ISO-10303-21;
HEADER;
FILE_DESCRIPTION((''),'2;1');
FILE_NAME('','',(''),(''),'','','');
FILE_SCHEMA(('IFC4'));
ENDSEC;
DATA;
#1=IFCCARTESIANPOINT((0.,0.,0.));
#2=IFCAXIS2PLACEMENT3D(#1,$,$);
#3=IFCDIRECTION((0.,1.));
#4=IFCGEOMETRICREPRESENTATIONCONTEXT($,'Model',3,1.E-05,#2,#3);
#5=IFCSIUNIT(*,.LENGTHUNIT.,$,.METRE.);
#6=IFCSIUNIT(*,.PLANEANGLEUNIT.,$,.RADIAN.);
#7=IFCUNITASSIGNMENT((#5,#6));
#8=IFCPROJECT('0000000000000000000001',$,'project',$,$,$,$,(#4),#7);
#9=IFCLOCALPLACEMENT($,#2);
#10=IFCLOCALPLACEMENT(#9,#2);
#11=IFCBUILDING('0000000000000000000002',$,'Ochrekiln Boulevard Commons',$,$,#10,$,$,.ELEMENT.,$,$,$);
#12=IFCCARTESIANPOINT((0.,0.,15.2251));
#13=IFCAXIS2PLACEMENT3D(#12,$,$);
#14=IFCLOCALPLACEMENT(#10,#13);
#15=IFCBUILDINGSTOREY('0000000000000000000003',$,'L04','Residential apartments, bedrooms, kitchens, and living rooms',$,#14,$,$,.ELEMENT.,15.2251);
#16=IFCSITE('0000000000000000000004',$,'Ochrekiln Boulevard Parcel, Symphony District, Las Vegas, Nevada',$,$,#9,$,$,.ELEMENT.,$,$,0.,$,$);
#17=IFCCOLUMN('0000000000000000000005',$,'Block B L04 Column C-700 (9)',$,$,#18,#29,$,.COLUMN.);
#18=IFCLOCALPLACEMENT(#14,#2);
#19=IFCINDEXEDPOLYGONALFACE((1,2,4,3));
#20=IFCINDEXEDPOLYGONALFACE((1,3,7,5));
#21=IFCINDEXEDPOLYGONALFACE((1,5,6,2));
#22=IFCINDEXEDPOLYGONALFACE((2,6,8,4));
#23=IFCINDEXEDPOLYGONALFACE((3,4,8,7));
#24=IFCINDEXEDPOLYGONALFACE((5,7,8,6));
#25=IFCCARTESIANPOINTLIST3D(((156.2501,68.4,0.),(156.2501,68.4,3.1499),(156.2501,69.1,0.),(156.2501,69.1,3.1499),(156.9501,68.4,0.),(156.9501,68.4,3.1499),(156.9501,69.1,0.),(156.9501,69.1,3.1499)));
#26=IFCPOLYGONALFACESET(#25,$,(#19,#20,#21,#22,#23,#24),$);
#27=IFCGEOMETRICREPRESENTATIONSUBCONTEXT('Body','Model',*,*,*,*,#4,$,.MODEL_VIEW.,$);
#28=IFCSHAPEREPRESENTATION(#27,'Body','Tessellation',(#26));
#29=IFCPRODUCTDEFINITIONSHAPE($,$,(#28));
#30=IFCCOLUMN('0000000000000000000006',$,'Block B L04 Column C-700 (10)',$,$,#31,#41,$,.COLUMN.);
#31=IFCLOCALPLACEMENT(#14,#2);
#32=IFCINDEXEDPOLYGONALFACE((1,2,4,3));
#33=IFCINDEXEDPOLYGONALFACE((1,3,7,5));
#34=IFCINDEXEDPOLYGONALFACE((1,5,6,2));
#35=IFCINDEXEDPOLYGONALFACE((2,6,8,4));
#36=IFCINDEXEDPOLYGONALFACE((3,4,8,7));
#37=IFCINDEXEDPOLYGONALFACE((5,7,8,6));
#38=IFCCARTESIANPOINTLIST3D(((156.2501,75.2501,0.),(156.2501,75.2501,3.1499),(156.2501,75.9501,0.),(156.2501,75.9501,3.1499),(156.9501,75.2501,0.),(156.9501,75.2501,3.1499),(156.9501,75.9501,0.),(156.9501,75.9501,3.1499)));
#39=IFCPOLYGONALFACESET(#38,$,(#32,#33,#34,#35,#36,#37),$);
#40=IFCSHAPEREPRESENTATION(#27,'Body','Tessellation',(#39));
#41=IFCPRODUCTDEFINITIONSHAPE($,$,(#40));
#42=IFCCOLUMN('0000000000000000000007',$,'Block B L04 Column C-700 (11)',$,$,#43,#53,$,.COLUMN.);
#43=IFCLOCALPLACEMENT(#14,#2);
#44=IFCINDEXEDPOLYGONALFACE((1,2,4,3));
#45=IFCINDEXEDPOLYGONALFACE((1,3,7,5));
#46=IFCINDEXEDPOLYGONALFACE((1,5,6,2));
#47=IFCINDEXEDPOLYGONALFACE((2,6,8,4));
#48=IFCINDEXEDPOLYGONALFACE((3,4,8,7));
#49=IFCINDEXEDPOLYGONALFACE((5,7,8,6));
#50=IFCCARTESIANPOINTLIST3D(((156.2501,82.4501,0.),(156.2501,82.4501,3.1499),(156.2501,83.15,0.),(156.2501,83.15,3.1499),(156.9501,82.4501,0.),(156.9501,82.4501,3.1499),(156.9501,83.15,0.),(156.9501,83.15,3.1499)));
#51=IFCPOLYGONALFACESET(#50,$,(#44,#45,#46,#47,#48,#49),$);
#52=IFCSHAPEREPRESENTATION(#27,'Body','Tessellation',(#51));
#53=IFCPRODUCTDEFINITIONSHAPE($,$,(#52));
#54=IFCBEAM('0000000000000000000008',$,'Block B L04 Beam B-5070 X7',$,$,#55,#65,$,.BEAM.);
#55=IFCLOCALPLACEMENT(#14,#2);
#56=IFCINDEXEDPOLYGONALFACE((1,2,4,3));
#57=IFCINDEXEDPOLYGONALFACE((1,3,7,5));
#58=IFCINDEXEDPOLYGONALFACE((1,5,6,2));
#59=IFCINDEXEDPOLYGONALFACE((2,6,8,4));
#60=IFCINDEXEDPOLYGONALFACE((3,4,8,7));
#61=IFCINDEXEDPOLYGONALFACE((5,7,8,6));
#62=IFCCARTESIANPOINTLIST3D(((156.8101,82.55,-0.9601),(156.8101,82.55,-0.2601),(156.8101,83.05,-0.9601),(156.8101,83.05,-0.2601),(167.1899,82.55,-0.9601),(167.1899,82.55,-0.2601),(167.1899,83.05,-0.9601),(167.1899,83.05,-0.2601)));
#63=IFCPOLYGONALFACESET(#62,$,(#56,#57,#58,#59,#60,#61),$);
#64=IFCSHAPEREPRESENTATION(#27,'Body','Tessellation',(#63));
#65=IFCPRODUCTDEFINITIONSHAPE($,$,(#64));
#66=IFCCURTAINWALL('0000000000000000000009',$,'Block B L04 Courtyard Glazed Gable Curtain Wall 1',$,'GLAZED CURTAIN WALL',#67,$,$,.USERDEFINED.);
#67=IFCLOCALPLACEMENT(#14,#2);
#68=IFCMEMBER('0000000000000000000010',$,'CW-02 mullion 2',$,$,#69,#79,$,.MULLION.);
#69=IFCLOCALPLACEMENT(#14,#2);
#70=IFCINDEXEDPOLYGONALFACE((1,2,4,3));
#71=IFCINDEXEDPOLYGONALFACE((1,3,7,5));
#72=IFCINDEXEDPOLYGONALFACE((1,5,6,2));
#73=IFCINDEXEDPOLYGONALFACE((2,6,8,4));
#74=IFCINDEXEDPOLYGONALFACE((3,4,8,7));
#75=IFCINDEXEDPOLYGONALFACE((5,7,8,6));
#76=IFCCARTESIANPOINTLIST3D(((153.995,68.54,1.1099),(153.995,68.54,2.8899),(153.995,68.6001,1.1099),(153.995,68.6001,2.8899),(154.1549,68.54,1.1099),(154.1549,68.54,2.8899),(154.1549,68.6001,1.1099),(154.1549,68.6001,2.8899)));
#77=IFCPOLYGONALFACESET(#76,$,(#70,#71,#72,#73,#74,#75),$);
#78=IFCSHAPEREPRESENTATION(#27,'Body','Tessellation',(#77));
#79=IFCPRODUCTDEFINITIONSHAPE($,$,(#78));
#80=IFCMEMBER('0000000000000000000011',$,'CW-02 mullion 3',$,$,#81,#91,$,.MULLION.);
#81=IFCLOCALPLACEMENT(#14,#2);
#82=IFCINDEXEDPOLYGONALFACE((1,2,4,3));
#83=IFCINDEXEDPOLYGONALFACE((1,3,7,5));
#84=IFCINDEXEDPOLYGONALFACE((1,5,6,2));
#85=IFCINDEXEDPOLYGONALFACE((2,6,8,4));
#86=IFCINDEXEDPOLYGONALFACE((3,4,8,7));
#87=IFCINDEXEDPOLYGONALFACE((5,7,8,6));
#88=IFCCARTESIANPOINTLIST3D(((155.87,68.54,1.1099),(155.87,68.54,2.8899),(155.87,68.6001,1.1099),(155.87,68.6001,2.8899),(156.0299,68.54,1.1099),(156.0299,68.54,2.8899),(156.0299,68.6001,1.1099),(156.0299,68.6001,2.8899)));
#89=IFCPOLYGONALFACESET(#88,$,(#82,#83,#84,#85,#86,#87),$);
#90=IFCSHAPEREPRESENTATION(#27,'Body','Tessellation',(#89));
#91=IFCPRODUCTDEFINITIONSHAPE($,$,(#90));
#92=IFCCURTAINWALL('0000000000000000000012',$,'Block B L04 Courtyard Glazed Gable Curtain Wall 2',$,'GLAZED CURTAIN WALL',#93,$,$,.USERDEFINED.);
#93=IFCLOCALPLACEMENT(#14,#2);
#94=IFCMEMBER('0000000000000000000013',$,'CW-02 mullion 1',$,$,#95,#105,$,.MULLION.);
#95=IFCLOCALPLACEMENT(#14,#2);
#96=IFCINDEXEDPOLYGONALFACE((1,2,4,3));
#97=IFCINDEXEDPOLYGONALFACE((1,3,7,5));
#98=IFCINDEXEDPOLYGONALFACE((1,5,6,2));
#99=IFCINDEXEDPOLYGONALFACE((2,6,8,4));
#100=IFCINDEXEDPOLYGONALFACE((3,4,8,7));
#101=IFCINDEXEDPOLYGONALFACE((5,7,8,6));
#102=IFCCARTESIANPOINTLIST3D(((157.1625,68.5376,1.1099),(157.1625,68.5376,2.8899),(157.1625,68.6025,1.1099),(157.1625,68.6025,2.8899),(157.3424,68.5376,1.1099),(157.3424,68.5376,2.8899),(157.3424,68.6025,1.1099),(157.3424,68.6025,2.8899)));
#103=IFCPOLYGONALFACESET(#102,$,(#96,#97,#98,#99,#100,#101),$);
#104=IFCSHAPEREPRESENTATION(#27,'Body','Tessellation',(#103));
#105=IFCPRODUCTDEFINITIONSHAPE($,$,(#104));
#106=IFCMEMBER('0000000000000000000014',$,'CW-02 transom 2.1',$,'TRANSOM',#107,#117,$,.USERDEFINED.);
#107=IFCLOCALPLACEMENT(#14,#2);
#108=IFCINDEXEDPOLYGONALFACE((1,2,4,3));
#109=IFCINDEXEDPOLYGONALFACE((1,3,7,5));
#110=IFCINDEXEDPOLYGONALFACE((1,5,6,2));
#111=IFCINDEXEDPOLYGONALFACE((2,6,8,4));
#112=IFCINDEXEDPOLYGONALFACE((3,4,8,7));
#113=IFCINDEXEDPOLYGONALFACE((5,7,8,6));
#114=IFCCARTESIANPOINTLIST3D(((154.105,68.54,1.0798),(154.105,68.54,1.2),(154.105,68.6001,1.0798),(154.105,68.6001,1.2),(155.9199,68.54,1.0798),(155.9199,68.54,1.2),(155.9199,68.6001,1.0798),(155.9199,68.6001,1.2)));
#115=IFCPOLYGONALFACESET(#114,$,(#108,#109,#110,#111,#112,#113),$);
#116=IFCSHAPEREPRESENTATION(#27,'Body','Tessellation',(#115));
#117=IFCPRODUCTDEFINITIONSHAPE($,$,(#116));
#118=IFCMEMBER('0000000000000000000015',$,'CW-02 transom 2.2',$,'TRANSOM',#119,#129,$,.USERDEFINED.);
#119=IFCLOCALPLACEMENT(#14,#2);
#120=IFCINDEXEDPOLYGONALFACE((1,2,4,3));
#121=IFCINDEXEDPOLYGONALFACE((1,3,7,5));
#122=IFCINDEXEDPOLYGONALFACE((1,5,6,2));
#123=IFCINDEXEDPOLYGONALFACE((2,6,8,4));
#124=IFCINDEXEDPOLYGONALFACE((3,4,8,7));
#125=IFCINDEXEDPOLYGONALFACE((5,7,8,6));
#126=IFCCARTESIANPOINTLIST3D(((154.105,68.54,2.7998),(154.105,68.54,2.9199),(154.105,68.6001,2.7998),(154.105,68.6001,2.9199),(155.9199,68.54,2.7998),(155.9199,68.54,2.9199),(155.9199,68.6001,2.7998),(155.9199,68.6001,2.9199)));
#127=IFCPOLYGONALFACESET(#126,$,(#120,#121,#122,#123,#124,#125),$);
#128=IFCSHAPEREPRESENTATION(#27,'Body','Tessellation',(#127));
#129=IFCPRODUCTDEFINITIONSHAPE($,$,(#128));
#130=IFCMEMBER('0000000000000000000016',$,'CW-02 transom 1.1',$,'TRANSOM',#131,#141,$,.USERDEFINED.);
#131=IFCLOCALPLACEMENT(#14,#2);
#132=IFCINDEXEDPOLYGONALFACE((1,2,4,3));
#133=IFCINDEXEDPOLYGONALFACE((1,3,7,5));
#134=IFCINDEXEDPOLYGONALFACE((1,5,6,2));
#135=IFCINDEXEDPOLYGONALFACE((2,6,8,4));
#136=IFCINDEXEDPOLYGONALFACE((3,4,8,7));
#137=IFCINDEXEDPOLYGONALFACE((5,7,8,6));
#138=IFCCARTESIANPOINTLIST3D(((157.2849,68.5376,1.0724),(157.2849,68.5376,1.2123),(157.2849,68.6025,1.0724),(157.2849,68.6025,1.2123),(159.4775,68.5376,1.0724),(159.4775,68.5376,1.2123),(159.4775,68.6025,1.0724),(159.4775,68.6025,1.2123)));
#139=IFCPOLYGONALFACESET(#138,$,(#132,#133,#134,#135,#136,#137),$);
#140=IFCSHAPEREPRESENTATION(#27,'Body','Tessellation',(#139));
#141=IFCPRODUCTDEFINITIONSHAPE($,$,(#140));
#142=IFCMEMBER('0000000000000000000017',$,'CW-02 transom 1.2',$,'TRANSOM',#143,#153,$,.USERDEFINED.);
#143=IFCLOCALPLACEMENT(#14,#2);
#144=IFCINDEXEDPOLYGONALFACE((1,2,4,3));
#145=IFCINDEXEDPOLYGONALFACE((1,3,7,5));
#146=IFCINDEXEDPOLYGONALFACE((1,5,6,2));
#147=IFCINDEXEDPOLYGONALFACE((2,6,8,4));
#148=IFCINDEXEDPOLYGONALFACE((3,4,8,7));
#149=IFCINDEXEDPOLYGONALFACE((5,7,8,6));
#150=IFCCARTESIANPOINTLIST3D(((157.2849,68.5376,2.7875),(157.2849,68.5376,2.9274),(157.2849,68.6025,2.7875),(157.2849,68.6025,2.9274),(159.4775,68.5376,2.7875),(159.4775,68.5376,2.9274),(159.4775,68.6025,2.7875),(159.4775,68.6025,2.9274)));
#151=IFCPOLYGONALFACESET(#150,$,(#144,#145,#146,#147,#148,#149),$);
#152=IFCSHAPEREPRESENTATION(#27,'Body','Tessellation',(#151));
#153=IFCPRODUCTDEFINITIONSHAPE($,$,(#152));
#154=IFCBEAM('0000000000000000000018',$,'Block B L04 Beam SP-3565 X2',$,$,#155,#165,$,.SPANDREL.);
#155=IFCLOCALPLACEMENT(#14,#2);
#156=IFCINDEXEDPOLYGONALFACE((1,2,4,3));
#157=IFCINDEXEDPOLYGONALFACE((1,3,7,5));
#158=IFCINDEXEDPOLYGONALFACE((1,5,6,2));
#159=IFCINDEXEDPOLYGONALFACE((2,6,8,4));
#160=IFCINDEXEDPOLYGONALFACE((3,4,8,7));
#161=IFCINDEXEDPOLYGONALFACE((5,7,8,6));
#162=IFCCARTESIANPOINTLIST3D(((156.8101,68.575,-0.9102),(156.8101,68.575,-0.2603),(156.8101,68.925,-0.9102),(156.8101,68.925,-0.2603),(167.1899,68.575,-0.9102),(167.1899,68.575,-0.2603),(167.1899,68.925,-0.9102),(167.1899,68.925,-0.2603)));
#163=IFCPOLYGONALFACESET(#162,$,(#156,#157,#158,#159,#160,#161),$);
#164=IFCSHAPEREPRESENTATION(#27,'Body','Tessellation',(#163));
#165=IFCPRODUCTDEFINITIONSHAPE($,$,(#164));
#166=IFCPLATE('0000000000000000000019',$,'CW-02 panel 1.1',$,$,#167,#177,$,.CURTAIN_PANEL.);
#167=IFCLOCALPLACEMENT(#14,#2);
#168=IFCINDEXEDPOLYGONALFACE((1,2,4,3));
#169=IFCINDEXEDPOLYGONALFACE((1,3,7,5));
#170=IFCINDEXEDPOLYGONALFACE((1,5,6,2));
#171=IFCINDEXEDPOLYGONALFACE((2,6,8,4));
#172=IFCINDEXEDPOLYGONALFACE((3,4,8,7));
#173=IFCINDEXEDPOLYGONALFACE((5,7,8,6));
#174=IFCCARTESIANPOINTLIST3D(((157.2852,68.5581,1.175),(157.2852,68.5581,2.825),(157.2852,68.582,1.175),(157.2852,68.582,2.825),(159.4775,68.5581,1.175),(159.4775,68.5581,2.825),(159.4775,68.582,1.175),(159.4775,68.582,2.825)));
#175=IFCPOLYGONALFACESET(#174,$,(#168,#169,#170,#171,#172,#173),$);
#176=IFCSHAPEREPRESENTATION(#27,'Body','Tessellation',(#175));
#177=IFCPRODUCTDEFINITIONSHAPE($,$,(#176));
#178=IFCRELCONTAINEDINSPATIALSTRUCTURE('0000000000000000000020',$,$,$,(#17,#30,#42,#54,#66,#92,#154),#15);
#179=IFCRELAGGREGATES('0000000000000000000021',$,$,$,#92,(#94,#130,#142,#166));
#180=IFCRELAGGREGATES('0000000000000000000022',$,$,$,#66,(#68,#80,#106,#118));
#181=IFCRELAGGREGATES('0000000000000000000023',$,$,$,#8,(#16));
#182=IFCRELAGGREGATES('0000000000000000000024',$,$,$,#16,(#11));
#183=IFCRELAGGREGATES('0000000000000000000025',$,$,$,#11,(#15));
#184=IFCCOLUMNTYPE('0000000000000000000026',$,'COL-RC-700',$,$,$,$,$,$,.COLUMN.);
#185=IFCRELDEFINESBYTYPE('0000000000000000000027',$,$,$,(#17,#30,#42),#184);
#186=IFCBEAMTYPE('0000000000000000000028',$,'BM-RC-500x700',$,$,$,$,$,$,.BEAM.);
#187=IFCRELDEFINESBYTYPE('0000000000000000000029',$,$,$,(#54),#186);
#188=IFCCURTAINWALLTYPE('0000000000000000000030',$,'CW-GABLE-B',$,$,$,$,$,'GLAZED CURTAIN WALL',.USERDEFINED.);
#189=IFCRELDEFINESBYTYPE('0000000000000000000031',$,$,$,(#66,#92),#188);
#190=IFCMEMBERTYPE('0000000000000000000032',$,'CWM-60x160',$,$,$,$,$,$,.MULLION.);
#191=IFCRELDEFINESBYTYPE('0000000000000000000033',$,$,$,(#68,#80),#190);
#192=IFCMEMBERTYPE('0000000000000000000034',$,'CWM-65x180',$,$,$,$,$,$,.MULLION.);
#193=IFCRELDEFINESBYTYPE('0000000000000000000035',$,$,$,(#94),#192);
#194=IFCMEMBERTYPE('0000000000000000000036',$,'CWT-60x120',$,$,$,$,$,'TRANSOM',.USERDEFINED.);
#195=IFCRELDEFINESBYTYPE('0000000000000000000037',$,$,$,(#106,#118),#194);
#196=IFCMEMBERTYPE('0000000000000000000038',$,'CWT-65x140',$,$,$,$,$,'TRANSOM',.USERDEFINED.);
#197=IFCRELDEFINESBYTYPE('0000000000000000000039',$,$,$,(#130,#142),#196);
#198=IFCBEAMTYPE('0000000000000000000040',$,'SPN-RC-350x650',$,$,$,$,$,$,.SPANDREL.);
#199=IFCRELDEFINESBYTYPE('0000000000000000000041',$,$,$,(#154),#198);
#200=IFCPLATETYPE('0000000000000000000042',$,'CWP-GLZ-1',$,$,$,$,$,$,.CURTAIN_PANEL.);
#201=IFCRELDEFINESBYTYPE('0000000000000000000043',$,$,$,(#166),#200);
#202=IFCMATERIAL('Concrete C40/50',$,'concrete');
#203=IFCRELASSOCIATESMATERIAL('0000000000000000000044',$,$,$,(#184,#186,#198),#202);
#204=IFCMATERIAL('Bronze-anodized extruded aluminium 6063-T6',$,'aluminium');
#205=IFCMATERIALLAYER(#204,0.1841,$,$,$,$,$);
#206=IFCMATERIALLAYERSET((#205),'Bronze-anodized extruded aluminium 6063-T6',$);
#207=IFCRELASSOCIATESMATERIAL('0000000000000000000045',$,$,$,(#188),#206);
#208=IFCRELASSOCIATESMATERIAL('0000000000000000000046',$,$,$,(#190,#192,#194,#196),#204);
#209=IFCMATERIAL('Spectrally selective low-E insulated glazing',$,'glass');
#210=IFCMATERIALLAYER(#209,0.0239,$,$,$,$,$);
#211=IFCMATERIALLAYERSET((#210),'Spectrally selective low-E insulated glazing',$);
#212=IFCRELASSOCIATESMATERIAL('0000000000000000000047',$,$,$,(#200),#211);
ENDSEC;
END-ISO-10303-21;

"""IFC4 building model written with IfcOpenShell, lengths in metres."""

from ifc_helpers import new_model, si_unit, direction, frame, origin, origin_2d, place, context, subcontext, project, spatial, rectangle, extrude, material, layer, layer_set, material_profile, profile_set, type_object, element, aggregate, save


model = new_model("IFC4")

# Units and contexts
model_context = context("Model", 3, precision=1e-05, world=origin(), true_north=direction((0.0, 1.0)))
body_context = subcontext(model_context, "Body", "Model", "MODEL_VIEW")
ifc_project = project(units=[si_unit("LENGTHUNIT", "METRE"), si_unit("PLANEANGLEUNIT", "RADIAN")], contexts=[model_context])

# Site, building, storey
site_placement = place(None, origin())
site = spatial("IfcSite", under=ifc_project, at=site_placement, Name="Ochrekiln Boulevard Parcel, Symphony District, Las Vegas, Nevada", CompositionType="ELEMENT", RefElevation=0.0)
building_placement = place(site_placement, origin())
building = spatial("IfcBuilding", under=site, at=building_placement, Name="Ochrekiln Boulevard Commons", CompositionType="ELEMENT")
storey_placement = place(building_placement, frame((0.0, 0.0, 15.2251)))
storey = spatial("IfcBuildingStorey", under=building, at=storey_placement, Name="L04", Description="Residential apartments, bedrooms, kitchens, and living rooms", CompositionType="ELEMENT", Elevation=15.2251)

# Columns
ifc_material_1 = material(Name="Concrete C40/50", Category="concrete")
ifc_material_profile_1 = material_profile(ifc_material_1, rectangle(XDim=0.7, YDim=0.7, at=origin_2d()), Name="RC-COL-700x700")
ifc_profile_set_1 = profile_set([ifc_material_profile_1], Name="Concrete C40/50")
column_type = type_object("IfcColumnType", Name="COL-RC-700", PredefinedType="COLUMN", material=ifc_profile_set_1)
for number, where, z_axis, x_axis, name in (
    (1, (156.6001, 68.75, 0.0), (0.0, 0.0, 1.0), (1.0, 0.0, 0.0), "Block B L04 Column C-700 (9)"),
    (2, (156.6001, 75.6001, 0.0), (0.0, 0.0, 1.0), (1.0, 0.0, 0.0), "Block B L04 Column C-700 (10)"),
    (3, (156.6001, 82.8, 0.0), (0.0, 0.0, 1.0), (1.0, 0.0, 0.0), "Block B L04 Column C-700 (11)"),
):
    element("IfcColumn", number, at=place(storey_placement, frame(where, z_axis=z_axis, x_axis=x_axis)), inside=storey, type_object=column_type, Name=name, PredefinedType="COLUMN", context=body_context, shape_type="SweptSolid", body=[
        extrude(rectangle(XDim=0.7, YDim=0.7, at=origin_2d()), origin(), (0.0, 0.0, 1.0), 3.1499),
    ])

# Beam
ifc_material_profile_2 = material_profile(ifc_material_1, rectangle(XDim=0.5, YDim=0.7, at=origin_2d()), Name="RC-BM-500x700")
ifc_profile_set_2 = profile_set([ifc_material_profile_2], Name="Concrete C40/50")
beam_type_1 = type_object("IfcBeamType", Name="BM-RC-500x700", PredefinedType="BEAM", material=ifc_profile_set_2)
beam_1_placement = place(storey_placement, frame((156.8101, 82.8, -0.6101), z_axis=(1.0, 0.0, 0.0), x_axis=(0.0, 1.0, 0.0)))
element("IfcBeam", 4, at=beam_1_placement, inside=storey, type_object=beam_type_1, Name="Block B L04 Beam B-5070 X7", PredefinedType="BEAM", context=body_context, shape_type="SweptSolid", body=[
    extrude(rectangle(XDim=0.5, YDim=0.7, at=origin_2d()), origin(), (0.0, 0.0, 1.0), 10.3799),
])

# Curtain wall, members
ifc_material_2 = material(Name="Bronze-anodized extruded aluminium 6063-T6", Category="aluminium")
ifc_layer_1 = layer(ifc_material_2, 0.1841)
ifc_layer_set_1 = layer_set([ifc_layer_1], Name="Bronze-anodized extruded aluminium 6063-T6")
curtain_wall_type = type_object("IfcCurtainWallType", Name="CW-GABLE-B", ElementType="GLAZED CURTAIN WALL", PredefinedType="USERDEFINED", material=ifc_layer_set_1)
curtain_wall_1_placement = place(storey_placement, origin())
curtain_wall_1 = element("IfcCurtainWall", 5, at=curtain_wall_1_placement, inside=storey, type_object=curtain_wall_type, Name="Block B L04 Courtyard Glazed Gable Curtain Wall 1", ObjectType="GLAZED CURTAIN WALL", PredefinedType="USERDEFINED")
ifc_material_profile_3 = material_profile(ifc_material_2, rectangle(XDim=0.0601, YDim=0.1599, at=origin_2d()), Name="ALU-MUL-60x160")
ifc_profile_set_3 = profile_set([ifc_material_profile_3], Name="Bronze-anodized extruded aluminium 6063-T6")
member_type_1 = type_object("IfcMemberType", Name="CWM-60x160", PredefinedType="MULLION", material=ifc_profile_set_3)
member_1_placement = place(storey_placement, frame((154.075, 68.5701, 1.1099), z_axis=(0.0, 0.0, 1.0), x_axis=(0.0, 1.0, 0.0)))
member_1 = element("IfcMember", 6, at=member_1_placement, type_object=member_type_1, Name="CW-02 mullion 2", PredefinedType="MULLION", context=body_context, shape_type="SweptSolid", body=[
    extrude(rectangle(XDim=0.0601, YDim=0.1599, at=origin_2d()), origin(), (0.0, 0.0, 1.0), 1.78),
])
member_2_placement = place(storey_placement, frame((155.95, 68.5701, 1.1099), z_axis=(0.0, 0.0, 1.0), x_axis=(0.0, 1.0, 0.0)))
member_2 = element("IfcMember", 7, at=member_2_placement, type_object=member_type_1, Name="CW-02 mullion 3", PredefinedType="MULLION", context=body_context, shape_type="SweptSolid", body=[
    extrude(rectangle(XDim=0.0601, YDim=0.1599, at=origin_2d()), origin(), (0.0, 0.0, 1.0), 1.78),
])

# Curtain wall, member
curtain_wall_2_placement = place(storey_placement, origin())
curtain_wall_2 = element("IfcCurtainWall", 8, at=curtain_wall_2_placement, inside=storey, type_object=curtain_wall_type, Name="Block B L04 Courtyard Glazed Gable Curtain Wall 2", ObjectType="GLAZED CURTAIN WALL", PredefinedType="USERDEFINED")
ifc_material_profile_4 = material_profile(ifc_material_2, rectangle(XDim=0.0649, YDim=0.1799, at=origin_2d()), Name="ALU-MUL-65x180")
ifc_profile_set_4 = profile_set([ifc_material_profile_4], Name="Bronze-anodized extruded aluminium 6063-T6")
member_type_2 = type_object("IfcMemberType", Name="CWM-65x180", PredefinedType="MULLION", material=ifc_profile_set_4)
member_3_placement = place(storey_placement, frame((157.2524, 68.5701, 1.1099), z_axis=(0.0, 0.0, 1.0), x_axis=(0.0, 1.0, 0.0)))
member_3 = element("IfcMember", 9, at=member_3_placement, type_object=member_type_2, Name="CW-02 mullion 1", PredefinedType="MULLION", context=body_context, shape_type="SweptSolid", body=[
    extrude(rectangle(XDim=0.0649, YDim=0.1799, at=origin_2d()), origin(), (0.0, 0.0, 1.0), 1.78),
])

# Members
ifc_material_profile_5 = material_profile(ifc_material_2, rectangle(XDim=0.0601, YDim=0.1201, at=origin_2d()), Name="ALU-TRN-60x120")
ifc_profile_set_5 = profile_set([ifc_material_profile_5], Name="Bronze-anodized extruded aluminium 6063-T6")
member_type_3 = type_object("IfcMemberType", Name="CWT-60x120", ElementType="TRANSOM", PredefinedType="USERDEFINED", material=ifc_profile_set_5)
member_4_placement = place(storey_placement, frame((154.105, 68.5701, 1.1399), z_axis=(1.0, 0.0, 0.0), x_axis=(0.0, 1.0, 0.0)))
member_4 = element("IfcMember", 10, at=member_4_placement, type_object=member_type_3, Name="CW-02 transom 2.1", ObjectType="TRANSOM", PredefinedType="USERDEFINED", context=body_context, shape_type="SweptSolid", body=[
    extrude(rectangle(XDim=0.0601, YDim=0.1201, at=origin_2d()), origin(), (0.0, 0.0, 1.0), 1.8149),
])
member_5_placement = place(storey_placement, frame((154.105, 68.5701, 2.8599), z_axis=(1.0, 0.0, 0.0), x_axis=(0.0, 1.0, 0.0)))
member_5 = element("IfcMember", 11, at=member_5_placement, type_object=member_type_3, Name="CW-02 transom 2.2", ObjectType="TRANSOM", PredefinedType="USERDEFINED", context=body_context, shape_type="SweptSolid", body=[
    extrude(rectangle(XDim=0.0601, YDim=0.1201, at=origin_2d()), origin(), (0.0, 0.0, 1.0), 1.8149),
])
ifc_material_profile_6 = material_profile(ifc_material_2, rectangle(XDim=0.0649, YDim=0.1399, at=origin_2d()), Name="ALU-TRN-65x140")
ifc_profile_set_6 = profile_set([ifc_material_profile_6], Name="Bronze-anodized extruded aluminium 6063-T6")
member_type_4 = type_object("IfcMemberType", Name="CWT-65x140", ElementType="TRANSOM", PredefinedType="USERDEFINED", material=ifc_profile_set_6)
member_6_placement = place(storey_placement, frame((157.2849, 68.5701, 1.1423), z_axis=(1.0, 0.0, 0.0), x_axis=(0.0, 1.0, 0.0)))
member_6 = element("IfcMember", 12, at=member_6_placement, type_object=member_type_4, Name="CW-02 transom 1.1", ObjectType="TRANSOM", PredefinedType="USERDEFINED", context=body_context, shape_type="SweptSolid", body=[
    extrude(rectangle(XDim=0.0649, YDim=0.1399, at=origin_2d()), origin(), (0.0, 0.0, 1.0), 2.1926),
])
member_7_placement = place(storey_placement, frame((157.2849, 68.5701, 2.8574), z_axis=(1.0, 0.0, 0.0), x_axis=(0.0, 1.0, 0.0)))
member_7 = element("IfcMember", 13, at=member_7_placement, type_object=member_type_4, Name="CW-02 transom 1.2", ObjectType="TRANSOM", PredefinedType="USERDEFINED", context=body_context, shape_type="SweptSolid", body=[
    extrude(rectangle(XDim=0.0649, YDim=0.1399, at=origin_2d()), origin(), (0.0, 0.0, 1.0), 2.1926),
])

# Beam
ifc_material_profile_7 = material_profile(ifc_material_1, rectangle(XDim=0.3501, YDim=0.6499, at=origin_2d()), Name="RC-SPN-350x650")
ifc_profile_set_7 = profile_set([ifc_material_profile_7], Name="Concrete C40/50")
beam_type_2 = type_object("IfcBeamType", Name="SPN-RC-350x650", PredefinedType="SPANDREL", material=ifc_profile_set_7)
beam_2_placement = place(storey_placement, frame((156.8101, 68.75, -0.5852), z_axis=(1.0, 0.0, 0.0), x_axis=(0.0, 1.0, 0.0)))
element("IfcBeam", 14, at=beam_2_placement, inside=storey, type_object=beam_type_2, Name="Block B L04 Beam SP-3565 X2", PredefinedType="SPANDREL", context=body_context, shape_type="SweptSolid", body=[
    extrude(rectangle(XDim=0.3501, YDim=0.6499, at=origin_2d()), origin(), (0.0, 0.0, 1.0), 10.3799),
])

# Plate
ifc_material_3 = material(Name="Spectrally selective low-E insulated glazing", Category="glass")
ifc_layer_2 = layer(ifc_material_3, 0.0239)
ifc_layer_set_2 = layer_set([ifc_layer_2], Name="Spectrally selective low-E insulated glazing")
plate_type_1 = type_object("IfcPlateType", Name="CWP-GLZ-1", PredefinedType="CURTAIN_PANEL", material=ifc_layer_set_2)
plate_1_placement = place(storey_placement, frame((158.3813, 68.5701, 1.175), z_axis=(0.0, 0.0, 1.0), x_axis=(1.0, 0.0, 0.0)))
plate_1 = element("IfcPlate", 15, at=plate_1_placement, type_object=plate_type_1, Name="CW-02 panel 1.1", PredefinedType="CURTAIN_PANEL", context=body_context, shape_type="SweptSolid", body=[
    extrude(rectangle(XDim=2.1924, YDim=0.0239, at=origin_2d()), origin(), (0.0, 0.0, 1.0), 1.6499),
])
aggregate(curtain_wall_2, [member_3, member_6, member_7, plate_1])
aggregate(curtain_wall_1, [member_1, member_2, member_4, member_5])

save(model, "model.ifc")
